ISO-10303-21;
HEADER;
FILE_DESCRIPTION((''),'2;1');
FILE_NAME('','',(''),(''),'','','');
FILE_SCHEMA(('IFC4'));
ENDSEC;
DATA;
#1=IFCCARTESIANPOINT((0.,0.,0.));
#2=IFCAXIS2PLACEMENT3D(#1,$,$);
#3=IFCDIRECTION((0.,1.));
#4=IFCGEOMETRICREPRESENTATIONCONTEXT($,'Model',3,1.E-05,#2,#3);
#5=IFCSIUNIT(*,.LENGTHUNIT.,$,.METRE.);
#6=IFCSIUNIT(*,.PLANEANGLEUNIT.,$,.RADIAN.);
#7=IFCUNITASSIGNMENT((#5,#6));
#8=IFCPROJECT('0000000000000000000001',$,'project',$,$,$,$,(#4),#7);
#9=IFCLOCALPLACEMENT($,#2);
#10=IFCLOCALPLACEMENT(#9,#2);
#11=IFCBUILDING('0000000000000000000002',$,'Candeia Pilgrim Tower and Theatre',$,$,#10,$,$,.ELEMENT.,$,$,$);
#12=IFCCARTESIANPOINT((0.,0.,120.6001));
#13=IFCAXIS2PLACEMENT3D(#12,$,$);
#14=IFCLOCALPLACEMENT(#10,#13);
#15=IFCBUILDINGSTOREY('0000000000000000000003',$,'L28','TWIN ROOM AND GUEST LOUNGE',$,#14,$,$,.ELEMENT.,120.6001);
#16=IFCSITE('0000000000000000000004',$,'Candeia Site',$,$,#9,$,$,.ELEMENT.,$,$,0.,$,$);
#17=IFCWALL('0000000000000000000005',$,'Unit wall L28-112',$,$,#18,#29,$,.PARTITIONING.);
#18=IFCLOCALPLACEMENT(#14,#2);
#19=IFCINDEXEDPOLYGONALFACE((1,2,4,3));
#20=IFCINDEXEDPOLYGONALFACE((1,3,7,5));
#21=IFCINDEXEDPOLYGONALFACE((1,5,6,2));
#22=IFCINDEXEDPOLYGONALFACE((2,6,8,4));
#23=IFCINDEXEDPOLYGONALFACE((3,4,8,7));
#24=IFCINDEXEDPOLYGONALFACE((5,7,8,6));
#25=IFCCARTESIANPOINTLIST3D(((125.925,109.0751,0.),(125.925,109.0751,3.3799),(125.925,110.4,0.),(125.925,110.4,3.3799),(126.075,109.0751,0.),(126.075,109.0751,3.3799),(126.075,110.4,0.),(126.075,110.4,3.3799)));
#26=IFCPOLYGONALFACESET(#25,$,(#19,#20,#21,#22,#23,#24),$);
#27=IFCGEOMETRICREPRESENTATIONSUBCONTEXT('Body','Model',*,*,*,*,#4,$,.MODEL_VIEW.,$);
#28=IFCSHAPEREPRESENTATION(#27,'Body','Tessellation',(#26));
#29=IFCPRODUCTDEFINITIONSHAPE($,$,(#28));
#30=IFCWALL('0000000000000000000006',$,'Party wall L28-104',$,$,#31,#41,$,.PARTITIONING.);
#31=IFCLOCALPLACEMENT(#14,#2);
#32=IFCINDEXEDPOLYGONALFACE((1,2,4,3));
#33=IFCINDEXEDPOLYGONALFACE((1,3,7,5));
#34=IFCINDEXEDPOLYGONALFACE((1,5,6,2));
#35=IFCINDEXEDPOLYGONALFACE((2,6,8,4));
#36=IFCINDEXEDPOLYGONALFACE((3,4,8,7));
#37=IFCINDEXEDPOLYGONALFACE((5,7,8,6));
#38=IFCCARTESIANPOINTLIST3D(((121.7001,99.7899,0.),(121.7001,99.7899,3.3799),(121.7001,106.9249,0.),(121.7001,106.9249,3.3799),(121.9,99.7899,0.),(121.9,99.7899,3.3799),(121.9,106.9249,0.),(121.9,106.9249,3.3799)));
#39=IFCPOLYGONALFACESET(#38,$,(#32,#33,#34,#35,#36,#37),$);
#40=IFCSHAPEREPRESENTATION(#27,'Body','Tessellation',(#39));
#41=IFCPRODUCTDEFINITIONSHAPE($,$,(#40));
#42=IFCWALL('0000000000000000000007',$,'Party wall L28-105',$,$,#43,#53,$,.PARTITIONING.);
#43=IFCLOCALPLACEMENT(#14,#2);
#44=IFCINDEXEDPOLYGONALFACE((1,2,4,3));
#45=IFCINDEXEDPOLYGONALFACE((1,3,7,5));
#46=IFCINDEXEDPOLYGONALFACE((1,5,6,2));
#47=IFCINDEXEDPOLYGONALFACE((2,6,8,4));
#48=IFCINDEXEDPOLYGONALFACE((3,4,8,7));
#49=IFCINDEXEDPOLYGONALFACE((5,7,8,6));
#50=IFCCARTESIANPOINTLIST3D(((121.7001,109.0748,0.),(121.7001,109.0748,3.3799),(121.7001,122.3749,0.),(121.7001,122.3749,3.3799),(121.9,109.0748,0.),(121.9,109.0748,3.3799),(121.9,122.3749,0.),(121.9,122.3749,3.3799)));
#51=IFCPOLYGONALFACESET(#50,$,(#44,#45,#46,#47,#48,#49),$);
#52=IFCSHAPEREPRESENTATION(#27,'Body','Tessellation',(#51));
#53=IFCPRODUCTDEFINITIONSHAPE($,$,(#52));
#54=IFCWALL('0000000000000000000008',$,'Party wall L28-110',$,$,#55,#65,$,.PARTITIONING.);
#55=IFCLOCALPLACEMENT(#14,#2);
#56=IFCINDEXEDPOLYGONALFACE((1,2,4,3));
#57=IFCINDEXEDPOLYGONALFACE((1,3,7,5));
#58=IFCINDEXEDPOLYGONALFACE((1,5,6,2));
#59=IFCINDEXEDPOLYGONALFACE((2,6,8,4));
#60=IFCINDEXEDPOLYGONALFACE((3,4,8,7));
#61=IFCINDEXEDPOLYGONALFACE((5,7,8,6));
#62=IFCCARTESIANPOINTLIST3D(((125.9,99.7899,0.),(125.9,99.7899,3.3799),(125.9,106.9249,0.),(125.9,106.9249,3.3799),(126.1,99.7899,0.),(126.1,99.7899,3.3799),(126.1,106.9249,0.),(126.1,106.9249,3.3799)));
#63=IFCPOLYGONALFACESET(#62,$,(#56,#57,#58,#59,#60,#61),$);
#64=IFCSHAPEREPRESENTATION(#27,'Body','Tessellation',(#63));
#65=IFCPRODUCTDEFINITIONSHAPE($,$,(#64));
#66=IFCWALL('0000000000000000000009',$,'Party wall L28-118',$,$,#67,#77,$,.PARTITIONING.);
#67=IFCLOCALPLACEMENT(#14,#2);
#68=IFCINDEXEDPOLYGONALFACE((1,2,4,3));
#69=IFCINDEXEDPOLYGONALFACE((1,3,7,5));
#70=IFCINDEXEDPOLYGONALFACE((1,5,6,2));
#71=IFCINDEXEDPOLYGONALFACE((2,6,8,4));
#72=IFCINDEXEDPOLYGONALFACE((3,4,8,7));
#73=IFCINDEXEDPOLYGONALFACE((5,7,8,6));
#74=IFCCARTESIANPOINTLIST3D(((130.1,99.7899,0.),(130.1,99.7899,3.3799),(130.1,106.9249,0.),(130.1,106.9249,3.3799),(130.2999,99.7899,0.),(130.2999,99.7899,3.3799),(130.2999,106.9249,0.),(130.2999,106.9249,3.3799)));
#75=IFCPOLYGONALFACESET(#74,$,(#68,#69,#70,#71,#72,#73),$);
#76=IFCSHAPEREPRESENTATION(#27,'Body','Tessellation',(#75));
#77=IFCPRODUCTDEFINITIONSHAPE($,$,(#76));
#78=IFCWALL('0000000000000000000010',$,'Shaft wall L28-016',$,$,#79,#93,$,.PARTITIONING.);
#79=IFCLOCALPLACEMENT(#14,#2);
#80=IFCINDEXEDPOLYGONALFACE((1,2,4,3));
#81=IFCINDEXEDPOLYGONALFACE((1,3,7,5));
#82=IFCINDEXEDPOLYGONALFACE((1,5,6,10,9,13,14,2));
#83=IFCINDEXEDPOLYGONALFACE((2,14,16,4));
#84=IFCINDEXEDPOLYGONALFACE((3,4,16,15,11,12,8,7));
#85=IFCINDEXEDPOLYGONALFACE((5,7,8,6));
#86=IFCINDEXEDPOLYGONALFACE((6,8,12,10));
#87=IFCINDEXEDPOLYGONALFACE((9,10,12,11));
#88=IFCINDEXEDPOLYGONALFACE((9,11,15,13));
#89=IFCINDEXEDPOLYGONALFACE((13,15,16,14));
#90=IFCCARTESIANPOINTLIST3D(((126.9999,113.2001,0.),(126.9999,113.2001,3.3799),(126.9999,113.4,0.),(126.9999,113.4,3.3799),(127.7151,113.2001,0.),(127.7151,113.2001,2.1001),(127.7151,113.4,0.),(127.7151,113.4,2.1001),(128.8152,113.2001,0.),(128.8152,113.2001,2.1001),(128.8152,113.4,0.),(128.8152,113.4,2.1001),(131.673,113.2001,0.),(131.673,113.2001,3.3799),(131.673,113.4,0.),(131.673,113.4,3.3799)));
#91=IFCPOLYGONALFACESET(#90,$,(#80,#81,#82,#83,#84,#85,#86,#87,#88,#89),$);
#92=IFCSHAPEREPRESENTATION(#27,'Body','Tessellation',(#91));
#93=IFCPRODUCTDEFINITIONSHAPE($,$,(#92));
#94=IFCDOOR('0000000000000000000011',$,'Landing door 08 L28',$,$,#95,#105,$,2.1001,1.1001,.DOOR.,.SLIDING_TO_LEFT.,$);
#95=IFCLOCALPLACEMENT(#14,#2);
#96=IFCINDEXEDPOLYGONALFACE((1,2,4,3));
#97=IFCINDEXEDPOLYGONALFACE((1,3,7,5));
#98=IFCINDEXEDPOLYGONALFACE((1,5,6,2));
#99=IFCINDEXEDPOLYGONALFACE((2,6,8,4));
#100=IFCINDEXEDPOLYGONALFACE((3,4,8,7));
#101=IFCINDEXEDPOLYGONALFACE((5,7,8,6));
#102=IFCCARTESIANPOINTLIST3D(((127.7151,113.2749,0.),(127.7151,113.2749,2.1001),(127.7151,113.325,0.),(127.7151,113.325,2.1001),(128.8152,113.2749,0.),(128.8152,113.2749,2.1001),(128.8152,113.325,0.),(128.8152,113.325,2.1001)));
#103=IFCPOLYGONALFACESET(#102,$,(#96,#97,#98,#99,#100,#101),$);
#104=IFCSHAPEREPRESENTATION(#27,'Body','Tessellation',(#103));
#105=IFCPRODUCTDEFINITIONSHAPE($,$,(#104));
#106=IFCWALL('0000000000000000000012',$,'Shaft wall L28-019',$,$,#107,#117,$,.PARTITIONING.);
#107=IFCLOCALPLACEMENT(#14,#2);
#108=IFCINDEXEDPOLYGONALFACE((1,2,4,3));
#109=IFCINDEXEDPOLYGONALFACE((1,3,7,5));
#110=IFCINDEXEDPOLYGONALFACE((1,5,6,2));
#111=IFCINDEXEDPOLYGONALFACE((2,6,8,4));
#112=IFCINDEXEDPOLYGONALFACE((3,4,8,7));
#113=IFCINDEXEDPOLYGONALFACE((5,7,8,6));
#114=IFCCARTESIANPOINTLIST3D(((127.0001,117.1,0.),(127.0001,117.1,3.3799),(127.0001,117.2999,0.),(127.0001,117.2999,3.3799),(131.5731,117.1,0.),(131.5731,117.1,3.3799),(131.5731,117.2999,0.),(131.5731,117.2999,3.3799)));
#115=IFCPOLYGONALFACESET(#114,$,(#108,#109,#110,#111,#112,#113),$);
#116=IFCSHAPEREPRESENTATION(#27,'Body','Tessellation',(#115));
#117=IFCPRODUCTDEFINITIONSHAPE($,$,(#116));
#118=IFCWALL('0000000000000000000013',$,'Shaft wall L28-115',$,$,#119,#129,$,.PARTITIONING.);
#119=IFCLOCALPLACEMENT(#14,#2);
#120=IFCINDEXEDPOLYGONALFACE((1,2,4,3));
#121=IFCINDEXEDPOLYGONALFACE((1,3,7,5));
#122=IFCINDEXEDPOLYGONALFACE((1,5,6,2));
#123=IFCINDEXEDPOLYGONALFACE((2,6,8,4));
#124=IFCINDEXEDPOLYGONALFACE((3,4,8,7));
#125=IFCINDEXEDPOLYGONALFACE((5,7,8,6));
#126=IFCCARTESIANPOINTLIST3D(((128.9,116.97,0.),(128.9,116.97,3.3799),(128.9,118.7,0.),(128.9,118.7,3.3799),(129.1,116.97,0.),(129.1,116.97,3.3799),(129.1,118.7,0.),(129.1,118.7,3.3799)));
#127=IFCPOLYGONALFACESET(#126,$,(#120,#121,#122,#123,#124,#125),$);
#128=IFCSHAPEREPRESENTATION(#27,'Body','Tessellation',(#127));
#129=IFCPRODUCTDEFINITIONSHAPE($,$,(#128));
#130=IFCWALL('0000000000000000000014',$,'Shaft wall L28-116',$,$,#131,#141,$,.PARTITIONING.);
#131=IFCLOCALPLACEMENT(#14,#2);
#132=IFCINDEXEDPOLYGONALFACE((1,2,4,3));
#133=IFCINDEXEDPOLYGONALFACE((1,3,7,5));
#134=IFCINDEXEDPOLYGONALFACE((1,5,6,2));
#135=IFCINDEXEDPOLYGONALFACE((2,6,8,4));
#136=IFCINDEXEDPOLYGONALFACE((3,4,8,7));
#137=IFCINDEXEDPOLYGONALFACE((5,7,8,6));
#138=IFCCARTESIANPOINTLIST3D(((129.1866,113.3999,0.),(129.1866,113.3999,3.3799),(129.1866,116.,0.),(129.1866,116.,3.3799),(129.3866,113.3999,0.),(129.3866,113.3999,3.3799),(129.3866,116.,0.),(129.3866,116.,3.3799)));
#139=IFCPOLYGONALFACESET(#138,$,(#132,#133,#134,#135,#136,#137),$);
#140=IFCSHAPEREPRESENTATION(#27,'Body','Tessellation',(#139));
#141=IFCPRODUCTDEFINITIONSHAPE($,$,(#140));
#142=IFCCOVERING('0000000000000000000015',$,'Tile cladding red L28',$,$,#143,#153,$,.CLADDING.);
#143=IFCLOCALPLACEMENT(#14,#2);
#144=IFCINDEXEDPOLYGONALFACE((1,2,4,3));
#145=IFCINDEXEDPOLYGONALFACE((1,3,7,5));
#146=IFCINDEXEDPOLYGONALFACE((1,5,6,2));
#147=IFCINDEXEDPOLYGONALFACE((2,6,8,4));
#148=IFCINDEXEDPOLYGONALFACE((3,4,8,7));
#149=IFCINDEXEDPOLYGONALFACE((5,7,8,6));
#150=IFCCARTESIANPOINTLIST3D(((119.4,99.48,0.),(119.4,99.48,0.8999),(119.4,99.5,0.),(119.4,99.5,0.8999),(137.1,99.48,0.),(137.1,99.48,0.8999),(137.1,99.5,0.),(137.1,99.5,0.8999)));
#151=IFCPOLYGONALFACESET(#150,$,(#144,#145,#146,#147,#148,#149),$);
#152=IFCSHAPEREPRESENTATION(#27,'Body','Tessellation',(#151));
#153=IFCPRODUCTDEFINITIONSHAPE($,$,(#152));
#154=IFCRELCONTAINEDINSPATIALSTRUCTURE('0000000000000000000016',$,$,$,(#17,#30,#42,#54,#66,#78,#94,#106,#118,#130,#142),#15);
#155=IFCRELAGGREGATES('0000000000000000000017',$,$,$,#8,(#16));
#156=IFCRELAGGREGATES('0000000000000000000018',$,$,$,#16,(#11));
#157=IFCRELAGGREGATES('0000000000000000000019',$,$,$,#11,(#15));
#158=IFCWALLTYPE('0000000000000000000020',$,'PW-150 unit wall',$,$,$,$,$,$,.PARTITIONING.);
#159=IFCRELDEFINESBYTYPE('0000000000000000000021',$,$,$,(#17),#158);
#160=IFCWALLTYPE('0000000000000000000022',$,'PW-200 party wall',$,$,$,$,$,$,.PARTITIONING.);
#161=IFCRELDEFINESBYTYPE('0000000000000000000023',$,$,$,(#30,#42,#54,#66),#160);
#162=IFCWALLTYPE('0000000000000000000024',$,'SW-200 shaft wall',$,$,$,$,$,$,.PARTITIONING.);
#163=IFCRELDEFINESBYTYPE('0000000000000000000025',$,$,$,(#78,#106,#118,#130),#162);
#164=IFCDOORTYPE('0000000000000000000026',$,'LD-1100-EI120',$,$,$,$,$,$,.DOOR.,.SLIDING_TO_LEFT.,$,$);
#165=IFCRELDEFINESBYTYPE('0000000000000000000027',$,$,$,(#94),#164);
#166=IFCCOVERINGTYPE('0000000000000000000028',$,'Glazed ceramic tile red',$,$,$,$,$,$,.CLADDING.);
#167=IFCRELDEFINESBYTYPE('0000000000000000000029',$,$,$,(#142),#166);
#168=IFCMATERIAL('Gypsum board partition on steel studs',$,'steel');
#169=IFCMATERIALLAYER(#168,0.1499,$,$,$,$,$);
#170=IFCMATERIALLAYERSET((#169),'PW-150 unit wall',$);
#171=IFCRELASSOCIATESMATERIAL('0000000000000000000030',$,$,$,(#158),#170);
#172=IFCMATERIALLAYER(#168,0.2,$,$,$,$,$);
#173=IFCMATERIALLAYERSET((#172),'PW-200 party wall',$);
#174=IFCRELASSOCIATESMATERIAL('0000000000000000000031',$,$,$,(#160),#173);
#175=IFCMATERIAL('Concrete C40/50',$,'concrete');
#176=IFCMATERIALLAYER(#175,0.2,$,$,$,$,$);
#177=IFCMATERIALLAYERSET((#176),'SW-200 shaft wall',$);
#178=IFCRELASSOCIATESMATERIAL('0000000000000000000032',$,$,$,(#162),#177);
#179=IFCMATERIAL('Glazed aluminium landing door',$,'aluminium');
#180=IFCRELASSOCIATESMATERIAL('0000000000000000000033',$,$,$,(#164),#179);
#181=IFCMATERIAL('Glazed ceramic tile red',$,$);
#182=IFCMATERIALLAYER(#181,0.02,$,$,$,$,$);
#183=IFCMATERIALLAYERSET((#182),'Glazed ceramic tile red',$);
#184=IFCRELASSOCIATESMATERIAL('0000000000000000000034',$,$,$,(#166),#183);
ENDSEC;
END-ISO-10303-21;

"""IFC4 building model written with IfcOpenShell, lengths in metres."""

from ifc_helpers import new_model, si_unit, direction, frame, frame_2d, origin, origin_2d, place, context, subcontext, project, spatial, rectangle, extrude, material, layer, layer_set, type_object, element, fill, save


model = new_model("IFC4")

# Units and contexts
model_context = context("Model", 3, precision=1e-05, world=origin(), true_north=direction((0.0, 1.0)))
body_context = subcontext(model_context, "Body", "Model", "MODEL_VIEW")
ifc_project = project(units=[si_unit("LENGTHUNIT", "METRE"), si_unit("PLANEANGLEUNIT", "RADIAN")], contexts=[model_context])

# Site, building, storey
site_placement = place(None, origin())
site = spatial("IfcSite", under=ifc_project, at=site_placement, Name="Candeia Site", CompositionType="ELEMENT", RefElevation=0.0)
building_placement = place(site_placement, origin())
building = spatial("IfcBuilding", under=site, at=building_placement, Name="Candeia Pilgrim Tower and Theatre", CompositionType="ELEMENT")
storey_placement = place(building_placement, frame((0.0, 0.0, 120.6001)))
storey = spatial("IfcBuildingStorey", under=building, at=storey_placement, Name="L28", Description="TWIN ROOM AND GUEST LOUNGE", CompositionType="ELEMENT", Elevation=120.6001)

# Shared definitions
ifc_material_1 = material(Name="Gypsum board partition on steel studs", Category="steel")

# Walls
ifc_layer_1 = layer(ifc_material_1, 0.1499)
ifc_layer_set_1 = layer_set([ifc_layer_1], Name="PW-150 unit wall")
wall_type_1 = type_object("IfcWallType", Name="PW-150 unit wall", PredefinedType="PARTITIONING", material=ifc_layer_set_1)
wall_1_placement = place(storey_placement, frame((126.0, 109.075, 0.0), z_axis=(0.0, 0.0, 1.0), x_axis=(0.0, 1.0, 0.0)))
element("IfcWall", 1, at=wall_1_placement, inside=storey, type_object=wall_type_1, Name="Unit wall L28-112", PredefinedType="PARTITIONING", context=body_context, shape_type="SweptSolid", body=[
    extrude(rectangle(XDim=1.325, YDim=0.1499, at=frame_2d((0.6626, 0.0))), origin(), (0.0, 0.0, 1.0), 3.3799),
])
ifc_layer_2 = layer(ifc_material_1, 0.2)
ifc_layer_set_2 = layer_set([ifc_layer_2], Name="PW-200 party wall")
wall_type_2 = type_object("IfcWallType", Name="PW-200 party wall", PredefinedType="PARTITIONING", material=ifc_layer_set_2)
wall_2_placement = place(storey_placement, frame((121.8, 99.79, 0.0), z_axis=(0.0, 0.0, 1.0), x_axis=(0.0, 1.0, 0.0)))
element("IfcWall", 2, at=wall_2_placement, inside=storey, type_object=wall_type_2, Name="Party wall L28-104", PredefinedType="PARTITIONING", context=body_context, shape_type="SweptSolid", body=[
    extrude(rectangle(XDim=7.135, YDim=0.2, at=frame_2d((3.5674, 0.0))), origin(), (0.0, 0.0, 1.0), 3.3799),
])
wall_3_placement = place(storey_placement, frame((121.8, 109.075, 0.0), z_axis=(0.0, 0.0, 1.0), x_axis=(0.0, 1.0, 0.0)))
element("IfcWall", 3, at=wall_3_placement, inside=storey, type_object=wall_type_2, Name="Party wall L28-105", PredefinedType="PARTITIONING", context=body_context, shape_type="SweptSolid", body=[
    extrude(rectangle(XDim=13.3, YDim=0.2, at=frame_2d((6.6499, 0.0))), origin(), (0.0, 0.0, 1.0), 3.3799),
])
for number, where, z_axis, x_axis, name in (
    (4, (126.0, 99.79, 0.0), (0.0, 0.0, 1.0), (0.0, 1.0, 0.0), "Party wall L28-110"),
    (5, (130.2, 99.79, 0.0), (0.0, 0.0, 1.0), (0.0, 1.0, 0.0), "Party wall L28-118"),
):
    element("IfcWall", number, at=place(storey_placement, frame(where, z_axis=z_axis, x_axis=x_axis)), inside=storey, type_object=wall_type_2, Name=name, PredefinedType="PARTITIONING", context=body_context, shape_type="SweptSolid", body=[
        extrude(rectangle(XDim=7.135, YDim=0.2, at=frame_2d((3.5674, 0.0))), origin(), (0.0, 0.0, 1.0), 3.3799),
    ])

# Wall, opening, door
ifc_material_2 = material(Name="Concrete C40/50", Category="concrete")
ifc_layer_3 = layer(ifc_material_2, 0.2)
ifc_layer_set_3 = layer_set([ifc_layer_3], Name="SW-200 shaft wall")
wall_type_3 = type_object("IfcWallType", Name="SW-200 shaft wall", PredefinedType="PARTITIONING", material=ifc_layer_set_3)
wall_4_placement = place(storey_placement, frame((127.0, 113.3, 0.0), z_axis=(0.0, 0.0, 1.0), x_axis=(1.0, 0.0, 0.0)))
wall_4 = element("IfcWall", 6, at=wall_4_placement, inside=storey, type_object=wall_type_3, Name="Shaft wall L28-016", PredefinedType="PARTITIONING", context=body_context, shape_type="SweptSolid", body=[
    extrude(rectangle(XDim=4.6731, YDim=0.2, at=frame_2d((2.3364, 0.0))), origin(), (0.0, 0.0, 1.0), 3.3799),
])
opening_1_placement = place(wall_4_placement, frame((0.7151, 0.0, 0.0)))
opening_1 = element("IfcOpeningElement", 7, at=opening_1_placement, cuts=wall_4, PredefinedType="OPENING", context=body_context, shape_type="SweptSolid", body=[
    extrude(rectangle(XDim=1.1001, YDim=2.1001, at=frame_2d((0.55, 1.05))), frame((0.0, 0.1099, 0.0), z_axis=(0.0, -1.0, 0.0), x_axis=(1.0, 0.0, 0.0)), (0.0, 0.0, 1.0), 0.22),
])
ifc_material_3 = material(Name="Glazed aluminium landing door", Category="aluminium")
door_type_1 = type_object("IfcDoorType", Name="LD-1100-EI120", OperationType="SLIDING_TO_LEFT", PredefinedType="DOOR", material=ifc_material_3)
door_1_placement = place(opening_1_placement, origin())
door_1 = element("IfcDoor", 8, at=door_1_placement, inside=storey, type_object=door_type_1, Name="Landing door 08 L28", OperationType="SLIDING_TO_LEFT", OverallHeight=2.1001, OverallWidth=1.1001, PredefinedType="DOOR", context=body_context, shape_type="SweptSolid", body=[
    extrude(rectangle(XDim=1.1001, YDim=2.1001, at=frame_2d((0.55, 1.05))), frame((0.0, 0.0249, 0.0), z_axis=(0.0, -1.0, 0.0), x_axis=(1.0, 0.0, 0.0)), (0.0, 0.0, 1.0), 0.05),
])
fill(opening_1, door_1)

# Walls
wall_5_placement = place(storey_placement, frame((127.0, 117.2, 0.0), z_axis=(0.0, 0.0, 1.0), x_axis=(1.0, 0.0, 0.0)))
element("IfcWall", 9, at=wall_5_placement, inside=storey, type_object=wall_type_3, Name="Shaft wall L28-019", PredefinedType="PARTITIONING", context=body_context, shape_type="SweptSolid", body=[
    extrude(rectangle(XDim=4.573, YDim=0.2, at=frame_2d((2.2866, 0.0))), origin(), (0.0, 0.0, 1.0), 3.3799),
])
wall_6_placement = place(storey_placement, frame((129.0, 116.97, 0.0), z_axis=(0.0, 0.0, 1.0), x_axis=(0.0, 1.0, 0.0)))
element("IfcWall", 10, at=wall_6_placement, inside=storey, type_object=wall_type_3, Name="Shaft wall L28-115", PredefinedType="PARTITIONING", context=body_context, shape_type="SweptSolid", body=[
    extrude(rectangle(XDim=1.73, YDim=0.2, at=frame_2d((0.865, 0.0))), origin(), (0.0, 0.0, 1.0), 3.3799),
])
wall_7_placement = place(storey_placement, frame((129.2866, 113.3999, 0.0), z_axis=(0.0, 0.0, 1.0), x_axis=(0.0, 1.0, 0.0)))
element("IfcWall", 11, at=wall_7_placement, inside=storey, type_object=wall_type_3, Name="Shaft wall L28-116", PredefinedType="PARTITIONING", context=body_context, shape_type="SweptSolid", body=[
    extrude(rectangle(XDim=2.6001, YDim=0.2, at=frame_2d((1.3, 0.0))), origin(), (0.0, 0.0, 1.0), 3.3799),
])

# Covering
ifc_material_4 = material(Name="Glazed ceramic tile red")
ifc_layer_4 = layer(ifc_material_4, 0.02)
ifc_layer_set_4 = layer_set([ifc_layer_4], Name="Glazed ceramic tile red")
covering_type = type_object("IfcCoveringType", Name="Glazed ceramic tile red", PredefinedType="CLADDING", material=ifc_layer_set_4)
covering_placement = place(storey_placement, frame((128.25, 99.49, 0.0), z_axis=(0.0, 0.0, 1.0), x_axis=(1.0, 0.0, 0.0)))
element("IfcCovering", 12, at=covering_placement, inside=storey, type_object=covering_type, Name="Tile cladding red L28", PredefinedType="CLADDING", context=body_context, shape_type="SweptSolid", body=[
    extrude(rectangle(XDim=17.7, YDim=0.02, at=origin_2d()), origin(), (0.0, 0.0, 1.0), 0.8999),
])

save(model, "model.ifc")
